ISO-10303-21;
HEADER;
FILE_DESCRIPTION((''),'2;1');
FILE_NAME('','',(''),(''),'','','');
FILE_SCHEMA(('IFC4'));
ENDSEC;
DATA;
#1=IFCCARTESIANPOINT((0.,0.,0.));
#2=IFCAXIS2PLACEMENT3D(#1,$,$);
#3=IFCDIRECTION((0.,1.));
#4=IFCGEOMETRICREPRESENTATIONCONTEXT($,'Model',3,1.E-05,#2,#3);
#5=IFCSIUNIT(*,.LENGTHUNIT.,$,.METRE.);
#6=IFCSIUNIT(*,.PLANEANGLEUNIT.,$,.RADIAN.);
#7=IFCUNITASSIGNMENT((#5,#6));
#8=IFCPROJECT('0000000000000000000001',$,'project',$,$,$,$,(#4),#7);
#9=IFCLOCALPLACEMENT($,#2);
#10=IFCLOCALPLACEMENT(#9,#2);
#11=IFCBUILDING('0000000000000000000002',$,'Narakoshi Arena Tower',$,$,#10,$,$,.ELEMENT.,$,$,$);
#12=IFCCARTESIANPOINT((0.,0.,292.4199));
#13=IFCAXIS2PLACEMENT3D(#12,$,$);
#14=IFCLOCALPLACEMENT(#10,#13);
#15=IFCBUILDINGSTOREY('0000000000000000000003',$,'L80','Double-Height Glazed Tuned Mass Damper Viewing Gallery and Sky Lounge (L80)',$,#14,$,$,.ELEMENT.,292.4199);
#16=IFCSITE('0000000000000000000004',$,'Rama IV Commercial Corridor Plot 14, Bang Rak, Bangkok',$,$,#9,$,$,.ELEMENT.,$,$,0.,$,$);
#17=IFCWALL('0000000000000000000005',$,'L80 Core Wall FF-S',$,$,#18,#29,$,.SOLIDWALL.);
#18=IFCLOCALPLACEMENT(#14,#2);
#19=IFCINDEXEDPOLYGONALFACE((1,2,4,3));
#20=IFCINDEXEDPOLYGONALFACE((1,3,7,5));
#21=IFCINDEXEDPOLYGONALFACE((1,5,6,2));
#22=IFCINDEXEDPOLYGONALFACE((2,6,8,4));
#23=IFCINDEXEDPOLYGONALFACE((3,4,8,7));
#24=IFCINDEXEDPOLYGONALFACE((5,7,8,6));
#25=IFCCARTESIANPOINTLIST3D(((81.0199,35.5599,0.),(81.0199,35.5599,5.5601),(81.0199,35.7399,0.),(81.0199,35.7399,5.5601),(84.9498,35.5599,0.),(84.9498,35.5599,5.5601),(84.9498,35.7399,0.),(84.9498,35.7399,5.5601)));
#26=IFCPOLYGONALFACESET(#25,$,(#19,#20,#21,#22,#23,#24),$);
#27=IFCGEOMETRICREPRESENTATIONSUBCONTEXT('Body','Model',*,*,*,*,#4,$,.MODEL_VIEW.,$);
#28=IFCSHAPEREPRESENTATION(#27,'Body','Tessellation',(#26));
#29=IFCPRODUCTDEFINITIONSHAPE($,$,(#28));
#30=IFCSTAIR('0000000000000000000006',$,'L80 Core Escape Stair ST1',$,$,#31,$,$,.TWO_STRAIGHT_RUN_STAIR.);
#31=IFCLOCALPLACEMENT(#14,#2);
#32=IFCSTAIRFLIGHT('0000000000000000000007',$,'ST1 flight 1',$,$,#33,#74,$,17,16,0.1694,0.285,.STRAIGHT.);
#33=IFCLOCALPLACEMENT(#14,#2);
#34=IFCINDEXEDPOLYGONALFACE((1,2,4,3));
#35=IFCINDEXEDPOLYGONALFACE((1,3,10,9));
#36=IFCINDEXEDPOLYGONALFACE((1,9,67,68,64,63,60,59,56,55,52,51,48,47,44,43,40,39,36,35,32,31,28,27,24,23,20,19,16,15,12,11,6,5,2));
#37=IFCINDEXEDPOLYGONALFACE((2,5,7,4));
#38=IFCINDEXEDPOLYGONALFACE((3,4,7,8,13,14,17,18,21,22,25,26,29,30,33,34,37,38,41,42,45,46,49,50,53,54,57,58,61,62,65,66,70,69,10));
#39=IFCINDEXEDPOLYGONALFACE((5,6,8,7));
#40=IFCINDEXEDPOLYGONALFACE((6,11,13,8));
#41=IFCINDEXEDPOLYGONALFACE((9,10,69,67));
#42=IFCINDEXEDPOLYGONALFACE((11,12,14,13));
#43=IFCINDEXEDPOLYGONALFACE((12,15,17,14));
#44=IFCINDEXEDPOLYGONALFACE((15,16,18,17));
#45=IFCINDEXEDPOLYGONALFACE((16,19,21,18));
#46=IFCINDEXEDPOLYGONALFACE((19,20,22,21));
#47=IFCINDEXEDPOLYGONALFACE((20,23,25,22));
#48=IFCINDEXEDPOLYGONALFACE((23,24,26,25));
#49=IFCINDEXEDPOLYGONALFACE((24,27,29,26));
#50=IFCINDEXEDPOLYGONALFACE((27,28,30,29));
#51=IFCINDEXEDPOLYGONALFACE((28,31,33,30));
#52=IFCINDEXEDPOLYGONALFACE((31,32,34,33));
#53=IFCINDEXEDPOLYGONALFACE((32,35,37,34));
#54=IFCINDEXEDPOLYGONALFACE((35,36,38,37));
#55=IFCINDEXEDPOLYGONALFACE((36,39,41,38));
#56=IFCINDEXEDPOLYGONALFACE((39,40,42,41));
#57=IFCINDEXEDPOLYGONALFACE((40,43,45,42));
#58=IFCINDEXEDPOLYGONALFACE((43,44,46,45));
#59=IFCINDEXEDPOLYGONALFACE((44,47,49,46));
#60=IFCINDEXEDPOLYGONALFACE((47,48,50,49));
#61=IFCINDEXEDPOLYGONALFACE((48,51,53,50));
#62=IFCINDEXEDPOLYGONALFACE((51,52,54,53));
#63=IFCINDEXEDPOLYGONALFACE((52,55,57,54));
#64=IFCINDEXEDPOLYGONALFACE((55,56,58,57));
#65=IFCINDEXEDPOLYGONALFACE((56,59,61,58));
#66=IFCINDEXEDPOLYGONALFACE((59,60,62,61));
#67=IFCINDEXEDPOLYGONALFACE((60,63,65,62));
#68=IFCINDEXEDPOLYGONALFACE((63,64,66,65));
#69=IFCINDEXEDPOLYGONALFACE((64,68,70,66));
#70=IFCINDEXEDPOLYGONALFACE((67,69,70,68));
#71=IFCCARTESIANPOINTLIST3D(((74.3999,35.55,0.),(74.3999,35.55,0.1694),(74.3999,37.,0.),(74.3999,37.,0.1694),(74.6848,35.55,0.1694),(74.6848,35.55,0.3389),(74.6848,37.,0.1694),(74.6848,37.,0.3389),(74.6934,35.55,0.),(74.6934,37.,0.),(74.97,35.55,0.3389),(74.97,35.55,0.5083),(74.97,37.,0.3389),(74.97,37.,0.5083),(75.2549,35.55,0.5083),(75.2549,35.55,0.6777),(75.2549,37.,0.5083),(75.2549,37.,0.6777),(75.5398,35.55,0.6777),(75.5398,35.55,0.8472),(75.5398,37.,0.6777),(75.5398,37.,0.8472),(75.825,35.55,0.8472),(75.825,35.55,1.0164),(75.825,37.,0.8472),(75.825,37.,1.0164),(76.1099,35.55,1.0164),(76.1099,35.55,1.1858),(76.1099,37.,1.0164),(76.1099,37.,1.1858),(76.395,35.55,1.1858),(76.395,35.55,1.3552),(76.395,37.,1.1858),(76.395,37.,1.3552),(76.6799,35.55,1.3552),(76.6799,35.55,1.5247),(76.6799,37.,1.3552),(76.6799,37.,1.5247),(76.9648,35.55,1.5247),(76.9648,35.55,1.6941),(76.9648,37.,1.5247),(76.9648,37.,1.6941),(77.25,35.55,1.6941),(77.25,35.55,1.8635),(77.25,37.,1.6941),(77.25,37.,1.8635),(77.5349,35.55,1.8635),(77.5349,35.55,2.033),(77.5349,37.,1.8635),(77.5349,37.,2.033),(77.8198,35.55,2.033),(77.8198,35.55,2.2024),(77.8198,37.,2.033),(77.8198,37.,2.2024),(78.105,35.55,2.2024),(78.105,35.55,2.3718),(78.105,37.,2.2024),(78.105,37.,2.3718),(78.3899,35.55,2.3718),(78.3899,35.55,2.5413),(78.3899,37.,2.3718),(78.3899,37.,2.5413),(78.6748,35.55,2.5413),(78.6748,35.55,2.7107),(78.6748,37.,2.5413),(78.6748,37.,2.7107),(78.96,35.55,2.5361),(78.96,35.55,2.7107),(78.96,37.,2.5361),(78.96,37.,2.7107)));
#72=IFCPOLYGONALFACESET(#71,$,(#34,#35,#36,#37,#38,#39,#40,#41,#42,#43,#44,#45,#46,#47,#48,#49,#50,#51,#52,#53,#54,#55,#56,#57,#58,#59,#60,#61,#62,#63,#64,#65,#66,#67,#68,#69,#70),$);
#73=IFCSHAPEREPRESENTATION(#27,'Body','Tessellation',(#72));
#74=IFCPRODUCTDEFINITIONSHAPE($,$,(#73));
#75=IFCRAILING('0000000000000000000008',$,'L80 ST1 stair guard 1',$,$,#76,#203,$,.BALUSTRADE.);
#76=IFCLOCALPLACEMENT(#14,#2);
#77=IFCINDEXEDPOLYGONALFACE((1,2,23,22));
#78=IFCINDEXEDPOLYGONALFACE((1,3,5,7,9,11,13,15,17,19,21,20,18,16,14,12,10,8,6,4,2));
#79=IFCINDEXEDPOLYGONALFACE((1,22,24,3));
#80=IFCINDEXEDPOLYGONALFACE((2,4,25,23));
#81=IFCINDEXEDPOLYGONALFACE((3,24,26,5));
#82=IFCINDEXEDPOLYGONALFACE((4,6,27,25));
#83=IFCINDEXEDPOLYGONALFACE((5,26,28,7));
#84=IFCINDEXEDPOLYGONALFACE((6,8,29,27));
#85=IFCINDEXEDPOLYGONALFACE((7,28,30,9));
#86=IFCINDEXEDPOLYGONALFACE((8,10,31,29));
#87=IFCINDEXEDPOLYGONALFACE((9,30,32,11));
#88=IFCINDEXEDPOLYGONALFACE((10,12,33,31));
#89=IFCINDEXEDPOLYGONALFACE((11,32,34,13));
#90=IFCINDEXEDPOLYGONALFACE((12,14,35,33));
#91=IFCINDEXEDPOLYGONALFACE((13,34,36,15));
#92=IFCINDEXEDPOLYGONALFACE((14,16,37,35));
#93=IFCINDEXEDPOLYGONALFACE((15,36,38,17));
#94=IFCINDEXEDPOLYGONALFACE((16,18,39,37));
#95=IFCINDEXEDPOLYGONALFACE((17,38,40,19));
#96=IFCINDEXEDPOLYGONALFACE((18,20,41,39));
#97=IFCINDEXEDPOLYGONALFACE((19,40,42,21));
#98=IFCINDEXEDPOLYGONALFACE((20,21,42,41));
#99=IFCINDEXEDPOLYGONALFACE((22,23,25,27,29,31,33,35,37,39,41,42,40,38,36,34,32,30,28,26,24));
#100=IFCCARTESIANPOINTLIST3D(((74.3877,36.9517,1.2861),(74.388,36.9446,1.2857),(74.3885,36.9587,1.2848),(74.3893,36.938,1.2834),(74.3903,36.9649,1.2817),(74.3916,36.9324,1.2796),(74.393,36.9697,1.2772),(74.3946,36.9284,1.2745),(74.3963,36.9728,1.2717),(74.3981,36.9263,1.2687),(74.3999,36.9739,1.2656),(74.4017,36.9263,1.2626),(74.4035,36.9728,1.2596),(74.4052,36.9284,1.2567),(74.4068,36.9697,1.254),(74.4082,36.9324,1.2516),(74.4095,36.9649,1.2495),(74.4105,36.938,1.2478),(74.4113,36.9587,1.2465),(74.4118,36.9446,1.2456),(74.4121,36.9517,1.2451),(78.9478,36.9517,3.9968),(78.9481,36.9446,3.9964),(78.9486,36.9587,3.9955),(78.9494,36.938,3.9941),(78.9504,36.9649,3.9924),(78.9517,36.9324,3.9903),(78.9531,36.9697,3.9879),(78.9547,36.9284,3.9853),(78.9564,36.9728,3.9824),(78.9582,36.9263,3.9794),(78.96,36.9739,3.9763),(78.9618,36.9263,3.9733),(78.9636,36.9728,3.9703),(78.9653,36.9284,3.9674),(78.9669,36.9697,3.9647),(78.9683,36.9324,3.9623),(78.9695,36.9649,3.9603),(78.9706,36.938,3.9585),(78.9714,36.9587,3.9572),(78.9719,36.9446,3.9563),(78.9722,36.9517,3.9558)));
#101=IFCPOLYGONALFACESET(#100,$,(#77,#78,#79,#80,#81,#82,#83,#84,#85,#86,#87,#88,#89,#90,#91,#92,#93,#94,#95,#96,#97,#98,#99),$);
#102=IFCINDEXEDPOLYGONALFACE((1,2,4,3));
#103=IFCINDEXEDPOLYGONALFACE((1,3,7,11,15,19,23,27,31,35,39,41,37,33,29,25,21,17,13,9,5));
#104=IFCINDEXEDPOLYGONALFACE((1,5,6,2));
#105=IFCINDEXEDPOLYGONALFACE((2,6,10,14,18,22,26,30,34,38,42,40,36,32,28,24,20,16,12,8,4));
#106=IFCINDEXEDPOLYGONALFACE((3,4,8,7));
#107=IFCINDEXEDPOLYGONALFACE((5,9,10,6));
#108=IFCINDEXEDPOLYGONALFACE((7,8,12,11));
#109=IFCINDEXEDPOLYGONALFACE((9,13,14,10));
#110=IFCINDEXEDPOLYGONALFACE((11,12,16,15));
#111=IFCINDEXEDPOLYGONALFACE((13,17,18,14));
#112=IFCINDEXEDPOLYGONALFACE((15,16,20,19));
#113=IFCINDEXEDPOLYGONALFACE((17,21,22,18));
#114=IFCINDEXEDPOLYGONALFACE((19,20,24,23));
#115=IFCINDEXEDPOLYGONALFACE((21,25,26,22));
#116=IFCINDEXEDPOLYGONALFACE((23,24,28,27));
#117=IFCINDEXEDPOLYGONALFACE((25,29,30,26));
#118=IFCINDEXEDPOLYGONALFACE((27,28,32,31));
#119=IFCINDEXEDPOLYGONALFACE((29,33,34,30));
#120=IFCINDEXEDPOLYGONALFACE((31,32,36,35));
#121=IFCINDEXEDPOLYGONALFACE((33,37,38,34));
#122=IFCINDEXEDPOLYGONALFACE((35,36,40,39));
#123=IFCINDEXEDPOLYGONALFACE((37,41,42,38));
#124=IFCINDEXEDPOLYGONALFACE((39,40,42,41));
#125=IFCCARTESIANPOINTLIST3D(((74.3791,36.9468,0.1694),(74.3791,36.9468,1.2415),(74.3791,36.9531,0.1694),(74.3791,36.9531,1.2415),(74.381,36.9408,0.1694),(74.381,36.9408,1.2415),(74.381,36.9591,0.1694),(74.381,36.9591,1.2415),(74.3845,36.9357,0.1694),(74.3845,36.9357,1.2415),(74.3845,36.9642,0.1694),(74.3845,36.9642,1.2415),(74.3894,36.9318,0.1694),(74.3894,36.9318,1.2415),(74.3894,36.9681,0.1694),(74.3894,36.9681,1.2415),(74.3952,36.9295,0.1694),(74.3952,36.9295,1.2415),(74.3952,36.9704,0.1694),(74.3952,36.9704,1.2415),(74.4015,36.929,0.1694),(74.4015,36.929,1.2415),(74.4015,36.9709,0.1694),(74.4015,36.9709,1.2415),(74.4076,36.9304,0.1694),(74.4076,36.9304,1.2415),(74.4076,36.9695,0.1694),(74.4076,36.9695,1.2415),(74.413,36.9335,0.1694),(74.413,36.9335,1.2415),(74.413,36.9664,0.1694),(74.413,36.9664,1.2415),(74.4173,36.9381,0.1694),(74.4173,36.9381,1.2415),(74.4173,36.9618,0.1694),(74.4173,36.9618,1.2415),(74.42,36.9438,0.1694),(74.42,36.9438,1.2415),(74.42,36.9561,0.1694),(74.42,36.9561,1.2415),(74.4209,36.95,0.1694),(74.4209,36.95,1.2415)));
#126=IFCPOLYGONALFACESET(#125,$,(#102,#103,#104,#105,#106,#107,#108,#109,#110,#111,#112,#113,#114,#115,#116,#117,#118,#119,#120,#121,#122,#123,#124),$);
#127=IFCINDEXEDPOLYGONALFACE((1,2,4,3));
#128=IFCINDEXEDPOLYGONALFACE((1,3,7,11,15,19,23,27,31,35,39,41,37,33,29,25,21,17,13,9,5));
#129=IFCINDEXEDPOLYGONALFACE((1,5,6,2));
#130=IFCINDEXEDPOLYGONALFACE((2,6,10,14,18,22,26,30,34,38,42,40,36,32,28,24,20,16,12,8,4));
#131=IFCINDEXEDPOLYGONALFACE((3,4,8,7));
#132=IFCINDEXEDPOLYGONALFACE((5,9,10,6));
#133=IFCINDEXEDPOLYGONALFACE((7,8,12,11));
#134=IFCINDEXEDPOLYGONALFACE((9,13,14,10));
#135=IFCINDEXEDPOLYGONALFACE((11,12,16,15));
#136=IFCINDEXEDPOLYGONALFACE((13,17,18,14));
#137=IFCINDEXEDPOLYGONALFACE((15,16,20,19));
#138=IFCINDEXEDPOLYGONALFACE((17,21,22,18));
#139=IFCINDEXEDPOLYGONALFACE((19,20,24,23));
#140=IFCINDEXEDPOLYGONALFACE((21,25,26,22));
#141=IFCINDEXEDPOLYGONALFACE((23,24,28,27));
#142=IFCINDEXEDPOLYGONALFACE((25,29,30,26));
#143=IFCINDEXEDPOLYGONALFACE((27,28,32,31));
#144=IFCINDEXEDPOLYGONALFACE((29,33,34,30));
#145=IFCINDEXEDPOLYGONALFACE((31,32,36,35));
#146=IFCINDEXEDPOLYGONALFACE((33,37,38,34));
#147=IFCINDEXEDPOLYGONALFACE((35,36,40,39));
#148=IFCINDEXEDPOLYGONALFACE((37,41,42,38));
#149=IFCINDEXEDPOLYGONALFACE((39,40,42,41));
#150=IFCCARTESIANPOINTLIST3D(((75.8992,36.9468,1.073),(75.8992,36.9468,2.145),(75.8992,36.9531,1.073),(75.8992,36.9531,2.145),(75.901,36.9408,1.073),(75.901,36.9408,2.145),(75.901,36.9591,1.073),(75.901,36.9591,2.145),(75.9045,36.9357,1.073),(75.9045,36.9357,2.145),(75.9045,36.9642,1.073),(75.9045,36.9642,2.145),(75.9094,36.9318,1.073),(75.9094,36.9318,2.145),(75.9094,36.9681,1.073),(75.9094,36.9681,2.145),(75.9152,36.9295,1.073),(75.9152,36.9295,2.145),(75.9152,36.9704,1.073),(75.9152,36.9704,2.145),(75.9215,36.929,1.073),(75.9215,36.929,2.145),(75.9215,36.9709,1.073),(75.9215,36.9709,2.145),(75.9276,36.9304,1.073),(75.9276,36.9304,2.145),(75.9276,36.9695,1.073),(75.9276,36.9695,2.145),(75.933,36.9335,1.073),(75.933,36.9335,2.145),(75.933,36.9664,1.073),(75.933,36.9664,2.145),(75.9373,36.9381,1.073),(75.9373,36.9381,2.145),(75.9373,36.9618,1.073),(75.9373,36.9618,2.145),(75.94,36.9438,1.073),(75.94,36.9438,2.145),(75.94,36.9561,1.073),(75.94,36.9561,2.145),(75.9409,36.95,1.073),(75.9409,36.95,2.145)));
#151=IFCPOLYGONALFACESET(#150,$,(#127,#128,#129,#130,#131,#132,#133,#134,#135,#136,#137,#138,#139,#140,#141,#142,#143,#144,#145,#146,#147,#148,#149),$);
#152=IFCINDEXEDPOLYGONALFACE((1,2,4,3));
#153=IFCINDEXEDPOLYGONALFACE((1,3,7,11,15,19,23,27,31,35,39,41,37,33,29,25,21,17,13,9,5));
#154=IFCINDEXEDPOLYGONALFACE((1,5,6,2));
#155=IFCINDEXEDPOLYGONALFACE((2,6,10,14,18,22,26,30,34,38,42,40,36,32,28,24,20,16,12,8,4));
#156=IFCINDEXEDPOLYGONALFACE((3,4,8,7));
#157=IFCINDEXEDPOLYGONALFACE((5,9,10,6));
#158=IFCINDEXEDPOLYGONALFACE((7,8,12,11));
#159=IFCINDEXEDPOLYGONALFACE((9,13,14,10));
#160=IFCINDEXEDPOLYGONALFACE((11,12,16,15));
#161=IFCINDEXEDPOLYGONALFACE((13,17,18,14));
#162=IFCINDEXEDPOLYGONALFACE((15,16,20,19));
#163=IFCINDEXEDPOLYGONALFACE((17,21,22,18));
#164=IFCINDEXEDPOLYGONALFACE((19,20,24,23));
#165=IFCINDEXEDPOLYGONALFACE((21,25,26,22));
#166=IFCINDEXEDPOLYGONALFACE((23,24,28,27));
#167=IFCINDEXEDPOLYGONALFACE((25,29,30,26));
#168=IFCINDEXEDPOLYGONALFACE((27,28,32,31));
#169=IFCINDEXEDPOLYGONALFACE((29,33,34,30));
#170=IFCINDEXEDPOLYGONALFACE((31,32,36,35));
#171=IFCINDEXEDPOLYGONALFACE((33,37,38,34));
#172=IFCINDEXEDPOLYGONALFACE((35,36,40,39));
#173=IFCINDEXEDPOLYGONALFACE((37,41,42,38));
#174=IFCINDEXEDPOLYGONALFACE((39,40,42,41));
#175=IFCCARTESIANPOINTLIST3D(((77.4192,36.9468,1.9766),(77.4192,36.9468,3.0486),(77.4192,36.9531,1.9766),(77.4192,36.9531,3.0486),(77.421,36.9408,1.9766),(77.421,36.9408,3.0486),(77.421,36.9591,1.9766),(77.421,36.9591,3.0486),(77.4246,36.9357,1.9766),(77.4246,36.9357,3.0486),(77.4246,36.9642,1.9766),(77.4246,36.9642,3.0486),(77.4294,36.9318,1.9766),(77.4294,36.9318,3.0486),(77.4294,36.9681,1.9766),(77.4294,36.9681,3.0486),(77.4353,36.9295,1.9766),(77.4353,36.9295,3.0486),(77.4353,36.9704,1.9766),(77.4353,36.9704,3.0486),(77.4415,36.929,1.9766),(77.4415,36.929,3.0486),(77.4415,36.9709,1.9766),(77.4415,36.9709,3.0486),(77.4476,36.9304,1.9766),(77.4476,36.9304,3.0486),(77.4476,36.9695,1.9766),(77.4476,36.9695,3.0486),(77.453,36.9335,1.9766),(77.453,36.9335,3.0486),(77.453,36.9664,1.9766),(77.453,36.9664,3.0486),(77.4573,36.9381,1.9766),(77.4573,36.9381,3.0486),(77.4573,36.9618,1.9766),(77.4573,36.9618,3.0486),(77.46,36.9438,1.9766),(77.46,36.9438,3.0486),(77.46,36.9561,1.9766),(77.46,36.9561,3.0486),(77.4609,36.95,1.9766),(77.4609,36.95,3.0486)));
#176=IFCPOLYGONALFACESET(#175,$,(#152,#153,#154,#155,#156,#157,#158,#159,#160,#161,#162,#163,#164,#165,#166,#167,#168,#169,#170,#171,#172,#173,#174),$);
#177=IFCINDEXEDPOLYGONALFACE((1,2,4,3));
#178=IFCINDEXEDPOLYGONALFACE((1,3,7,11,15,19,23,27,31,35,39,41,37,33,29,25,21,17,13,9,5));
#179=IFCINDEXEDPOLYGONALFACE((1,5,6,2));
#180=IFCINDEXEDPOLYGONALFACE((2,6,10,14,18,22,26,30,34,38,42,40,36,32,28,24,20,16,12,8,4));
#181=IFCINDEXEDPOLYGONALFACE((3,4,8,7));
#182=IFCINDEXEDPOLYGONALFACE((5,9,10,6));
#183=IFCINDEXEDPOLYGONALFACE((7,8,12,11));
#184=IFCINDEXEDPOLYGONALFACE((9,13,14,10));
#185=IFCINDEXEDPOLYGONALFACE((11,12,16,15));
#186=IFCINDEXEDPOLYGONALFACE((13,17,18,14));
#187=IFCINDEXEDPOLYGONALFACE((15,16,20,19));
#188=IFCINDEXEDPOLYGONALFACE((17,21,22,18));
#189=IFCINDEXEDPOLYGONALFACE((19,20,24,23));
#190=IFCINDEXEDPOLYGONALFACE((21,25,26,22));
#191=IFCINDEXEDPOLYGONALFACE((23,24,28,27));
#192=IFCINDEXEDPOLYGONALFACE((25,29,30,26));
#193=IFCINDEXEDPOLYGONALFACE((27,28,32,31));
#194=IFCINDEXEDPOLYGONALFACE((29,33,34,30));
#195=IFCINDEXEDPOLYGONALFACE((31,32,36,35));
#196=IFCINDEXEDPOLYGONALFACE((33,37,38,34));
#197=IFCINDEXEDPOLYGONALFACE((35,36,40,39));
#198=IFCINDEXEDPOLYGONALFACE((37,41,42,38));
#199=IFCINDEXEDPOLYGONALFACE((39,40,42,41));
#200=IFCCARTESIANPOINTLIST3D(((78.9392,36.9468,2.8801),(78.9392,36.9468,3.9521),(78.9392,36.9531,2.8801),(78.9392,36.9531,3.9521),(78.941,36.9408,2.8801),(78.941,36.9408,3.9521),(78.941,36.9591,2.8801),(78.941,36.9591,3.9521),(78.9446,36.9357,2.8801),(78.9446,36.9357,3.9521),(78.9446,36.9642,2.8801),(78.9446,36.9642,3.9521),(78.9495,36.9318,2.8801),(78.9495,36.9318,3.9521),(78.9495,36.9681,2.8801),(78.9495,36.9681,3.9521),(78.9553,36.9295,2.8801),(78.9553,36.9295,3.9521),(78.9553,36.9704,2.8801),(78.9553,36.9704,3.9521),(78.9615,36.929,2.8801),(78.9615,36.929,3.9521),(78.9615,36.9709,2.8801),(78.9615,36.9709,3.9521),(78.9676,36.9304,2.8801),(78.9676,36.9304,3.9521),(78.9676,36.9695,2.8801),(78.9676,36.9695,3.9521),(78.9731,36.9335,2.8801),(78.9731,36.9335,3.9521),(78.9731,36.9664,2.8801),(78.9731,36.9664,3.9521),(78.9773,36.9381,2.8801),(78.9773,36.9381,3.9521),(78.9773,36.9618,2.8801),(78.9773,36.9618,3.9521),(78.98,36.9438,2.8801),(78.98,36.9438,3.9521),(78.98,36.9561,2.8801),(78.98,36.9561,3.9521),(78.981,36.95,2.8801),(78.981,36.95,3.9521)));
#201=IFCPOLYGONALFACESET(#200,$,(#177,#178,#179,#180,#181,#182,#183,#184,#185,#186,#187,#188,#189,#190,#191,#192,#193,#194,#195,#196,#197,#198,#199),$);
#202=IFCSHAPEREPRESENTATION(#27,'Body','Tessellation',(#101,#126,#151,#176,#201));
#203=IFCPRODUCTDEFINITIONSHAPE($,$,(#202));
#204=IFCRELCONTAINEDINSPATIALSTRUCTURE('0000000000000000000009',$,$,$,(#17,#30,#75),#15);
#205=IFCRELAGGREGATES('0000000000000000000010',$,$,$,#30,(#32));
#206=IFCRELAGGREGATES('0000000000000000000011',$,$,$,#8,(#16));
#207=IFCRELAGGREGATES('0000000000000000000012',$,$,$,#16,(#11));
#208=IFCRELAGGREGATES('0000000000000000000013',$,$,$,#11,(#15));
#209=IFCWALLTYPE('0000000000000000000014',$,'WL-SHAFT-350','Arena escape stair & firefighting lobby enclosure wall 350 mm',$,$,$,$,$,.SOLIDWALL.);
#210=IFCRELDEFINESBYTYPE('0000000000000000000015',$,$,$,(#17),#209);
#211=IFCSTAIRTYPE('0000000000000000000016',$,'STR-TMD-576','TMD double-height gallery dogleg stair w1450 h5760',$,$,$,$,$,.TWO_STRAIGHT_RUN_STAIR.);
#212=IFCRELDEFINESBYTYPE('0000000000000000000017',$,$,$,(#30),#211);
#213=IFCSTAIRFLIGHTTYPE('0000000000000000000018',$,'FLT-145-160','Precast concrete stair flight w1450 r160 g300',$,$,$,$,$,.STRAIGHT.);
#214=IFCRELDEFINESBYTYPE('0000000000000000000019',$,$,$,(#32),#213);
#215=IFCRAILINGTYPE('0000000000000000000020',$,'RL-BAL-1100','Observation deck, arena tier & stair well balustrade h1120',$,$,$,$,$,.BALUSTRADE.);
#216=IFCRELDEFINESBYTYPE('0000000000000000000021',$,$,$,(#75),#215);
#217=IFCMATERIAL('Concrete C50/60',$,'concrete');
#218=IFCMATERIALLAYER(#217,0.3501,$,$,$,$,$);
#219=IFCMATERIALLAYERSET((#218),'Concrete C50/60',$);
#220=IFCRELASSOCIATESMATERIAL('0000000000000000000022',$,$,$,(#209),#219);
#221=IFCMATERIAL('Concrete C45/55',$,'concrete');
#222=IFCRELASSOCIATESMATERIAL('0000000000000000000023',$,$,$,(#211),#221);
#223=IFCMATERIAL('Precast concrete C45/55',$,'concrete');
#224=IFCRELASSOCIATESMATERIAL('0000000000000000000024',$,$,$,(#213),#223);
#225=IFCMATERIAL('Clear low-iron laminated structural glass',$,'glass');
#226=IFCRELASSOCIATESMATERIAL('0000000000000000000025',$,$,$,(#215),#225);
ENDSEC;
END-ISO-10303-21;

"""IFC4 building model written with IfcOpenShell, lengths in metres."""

from ifc_helpers import new_model, si_unit, direction, frame, frame_2d, origin, origin_2d, place, context, subcontext, project, spatial, polyline, rectangle, circle, outline, extrude, material, layer, layer_set, type_object, element, aggregate, save


model = new_model("IFC4")

# Units and contexts
model_context = context("Model", 3, precision=1e-05, world=origin(), true_north=direction((0.0, 1.0)))
body_context = subcontext(model_context, "Body", "Model", "MODEL_VIEW")
ifc_project = project(units=[si_unit("LENGTHUNIT", "METRE"), si_unit("PLANEANGLEUNIT", "RADIAN")], contexts=[model_context])

# Site, building, storey
site_placement = place(None, origin())
site = spatial("IfcSite", under=ifc_project, at=site_placement, Name="Rama IV Commercial Corridor Plot 14, Bang Rak, Bangkok", CompositionType="ELEMENT", RefElevation=0.0)
building_placement = place(site_placement, origin())
building = spatial("IfcBuilding", under=site, at=building_placement, Name="Narakoshi Arena Tower", CompositionType="ELEMENT")
storey_placement = place(building_placement, frame((0.0, 0.0, 292.4199)))
storey = spatial("IfcBuildingStorey", under=building, at=storey_placement, Name="L80", Description="Double-Height Glazed Tuned Mass Damper Viewing Gallery and Sky Lounge (L80)", CompositionType="ELEMENT", Elevation=292.4199)

# Shared definitions
ifc_material_1 = material(Name="Concrete C50/60", Category="concrete")

# Shared definitions
ifc_material_2 = material(Name="Precast concrete C45/55", Category="concrete")

# Wall
ifc_layer_1 = layer(ifc_material_1, 0.3501)
ifc_layer_set_1 = layer_set([ifc_layer_1], Name="Concrete C50/60")
wall_type_1 = type_object("IfcWallType", Name="WL-SHAFT-350", Description="Arena escape stair & firefighting lobby enclosure wall 350 mm", PredefinedType="SOLIDWALL", material=ifc_layer_set_1)
wall_1_placement = place(storey_placement, frame((81.02, 35.6499, 0.0), z_axis=(0.0, 0.0, 1.0), x_axis=(1.0, 0.0, 0.0)))
element("IfcWall", 1, at=wall_1_placement, inside=storey, type_object=wall_type_1, Name="L80 Core Wall FF-S", PredefinedType="SOLIDWALL", context=body_context, shape_type="SweptSolid", body=[
    extrude(rectangle(XDim=3.9299, YDim=0.1799, at=frame_2d((1.9648, 0.0))), origin(), (0.0, 0.0, 1.0), 5.5601),
])

# Stair, stair flight
ifc_material_3 = material(Name="Concrete C45/55", Category="concrete")
stair_type = type_object("IfcStairType", Name="STR-TMD-576", Description="TMD double-height gallery dogleg stair w1450 h5760", PredefinedType="TWO_STRAIGHT_RUN_STAIR", material=ifc_material_3)
stair_placement = place(storey_placement, origin())
stair = element("IfcStair", 2, at=stair_placement, inside=storey, type_object=stair_type, Name="L80 Core Escape Stair ST1", PredefinedType="TWO_STRAIGHT_RUN_STAIR")
stair_flight_type = type_object("IfcStairFlightType", Name="FLT-145-160", Description="Precast concrete stair flight w1450 r160 g300", PredefinedType="STRAIGHT", material=ifc_material_2)
stair_flight_placement = place(storey_placement, frame((74.3999, 36.2749, 0.0), z_axis=(0.0, 0.0, 1.0), x_axis=(1.0, 0.0, 0.0)))
stair_flight = element("IfcStairFlight", 3, at=stair_flight_placement, type_object=stair_flight_type, Name="ST1 flight 1", NumberOfRisers=17, NumberOfTreads=16, PredefinedType="STRAIGHT", RiserHeight=0.1694, TreadLength=0.285, context=body_context, shape_type="SweptSolid", body=[
    extrude(outline(polyline([(0.0, 0.0), (0.0, 0.1694), (0.2849, 0.1694), (0.2849, 0.3389), (0.5701, 0.3389), (0.5701, 0.5083), (0.855, 0.5083), (0.855, 0.6777), (1.1399, 0.6777), (1.1399, 0.8472), (1.425, 0.8472), (1.425, 1.0164), (1.71, 1.0164), (1.71, 1.1858), (1.9951, 1.1858), (1.9951, 1.3552), (2.28, 1.3552), (2.28, 1.5247), (2.5649, 1.5247), (2.5649, 1.6941), (2.8501, 1.6941), (2.8501, 1.8635), (3.135, 1.8635), (3.135, 2.033), (3.4199, 2.033), (3.4199, 2.2024), (3.7051, 2.2024), (3.7051, 2.3718), (3.99, 2.3718), (3.99, 2.5413), (4.2749, 2.5413), (4.2749, 2.7107), (4.5601, 2.7107), (4.5601, 2.8799), (4.5601, 2.5361), (0.2935, 0.0), (0.0, 0.0)])), frame((0.0, 0.7251, 0.0), z_axis=(0.0, -1.0, 0.0), x_axis=(1.0, 0.0, 0.0)), (0.0, 0.0, 1.0), 1.45),
])
aggregate(stair, [stair_flight])

# Railing
ifc_material_4 = material(Name="Clear low-iron laminated structural glass", Category="glass")
railing_type_1 = type_object("IfcRailingType", Name="RL-BAL-1100", Description="Observation deck, arena tier & stair well balustrade h1120", PredefinedType="BALUSTRADE", material=ifc_material_4)
railing_1_placement = place(storey_placement, frame((74.3999, 36.95, 0.1694)))
element("IfcRailing", 4, at=railing_1_placement, inside=storey, type_object=railing_type_1, Name="L80 ST1 stair guard 1", PredefinedType="BALUSTRADE", context=body_context, shape_type="SweptSolid", body=[
    extrude(circle(Radius=0.0239, at=origin_2d()), frame((0.0, 0.0, 1.0962), z_axis=(0.859593, 0.0, 0.510979), x_axis=(0.0, 1.0, 0.0)), (0.0, 0.0, 1.0), 5.3049),
    extrude(circle(Radius=0.021, at=origin_2d()), origin(), (0.0, 0.0, 1.0), 1.072),
    extrude(circle(Radius=0.021, at=origin_2d()), frame((1.52, 0.0, 0.9036)), (0.0, 0.0, 1.0), 1.072),
    extrude(circle(Radius=0.021, at=origin_2d()), frame((3.04, 0.0, 1.8071)), (0.0, 0.0, 1.0), 1.072),
    extrude(circle(Radius=0.021, at=origin_2d()), frame((4.5601, 0.0, 2.7107)), (0.0, 0.0, 1.0), 1.072),
])

save(model, "model.ifc")
